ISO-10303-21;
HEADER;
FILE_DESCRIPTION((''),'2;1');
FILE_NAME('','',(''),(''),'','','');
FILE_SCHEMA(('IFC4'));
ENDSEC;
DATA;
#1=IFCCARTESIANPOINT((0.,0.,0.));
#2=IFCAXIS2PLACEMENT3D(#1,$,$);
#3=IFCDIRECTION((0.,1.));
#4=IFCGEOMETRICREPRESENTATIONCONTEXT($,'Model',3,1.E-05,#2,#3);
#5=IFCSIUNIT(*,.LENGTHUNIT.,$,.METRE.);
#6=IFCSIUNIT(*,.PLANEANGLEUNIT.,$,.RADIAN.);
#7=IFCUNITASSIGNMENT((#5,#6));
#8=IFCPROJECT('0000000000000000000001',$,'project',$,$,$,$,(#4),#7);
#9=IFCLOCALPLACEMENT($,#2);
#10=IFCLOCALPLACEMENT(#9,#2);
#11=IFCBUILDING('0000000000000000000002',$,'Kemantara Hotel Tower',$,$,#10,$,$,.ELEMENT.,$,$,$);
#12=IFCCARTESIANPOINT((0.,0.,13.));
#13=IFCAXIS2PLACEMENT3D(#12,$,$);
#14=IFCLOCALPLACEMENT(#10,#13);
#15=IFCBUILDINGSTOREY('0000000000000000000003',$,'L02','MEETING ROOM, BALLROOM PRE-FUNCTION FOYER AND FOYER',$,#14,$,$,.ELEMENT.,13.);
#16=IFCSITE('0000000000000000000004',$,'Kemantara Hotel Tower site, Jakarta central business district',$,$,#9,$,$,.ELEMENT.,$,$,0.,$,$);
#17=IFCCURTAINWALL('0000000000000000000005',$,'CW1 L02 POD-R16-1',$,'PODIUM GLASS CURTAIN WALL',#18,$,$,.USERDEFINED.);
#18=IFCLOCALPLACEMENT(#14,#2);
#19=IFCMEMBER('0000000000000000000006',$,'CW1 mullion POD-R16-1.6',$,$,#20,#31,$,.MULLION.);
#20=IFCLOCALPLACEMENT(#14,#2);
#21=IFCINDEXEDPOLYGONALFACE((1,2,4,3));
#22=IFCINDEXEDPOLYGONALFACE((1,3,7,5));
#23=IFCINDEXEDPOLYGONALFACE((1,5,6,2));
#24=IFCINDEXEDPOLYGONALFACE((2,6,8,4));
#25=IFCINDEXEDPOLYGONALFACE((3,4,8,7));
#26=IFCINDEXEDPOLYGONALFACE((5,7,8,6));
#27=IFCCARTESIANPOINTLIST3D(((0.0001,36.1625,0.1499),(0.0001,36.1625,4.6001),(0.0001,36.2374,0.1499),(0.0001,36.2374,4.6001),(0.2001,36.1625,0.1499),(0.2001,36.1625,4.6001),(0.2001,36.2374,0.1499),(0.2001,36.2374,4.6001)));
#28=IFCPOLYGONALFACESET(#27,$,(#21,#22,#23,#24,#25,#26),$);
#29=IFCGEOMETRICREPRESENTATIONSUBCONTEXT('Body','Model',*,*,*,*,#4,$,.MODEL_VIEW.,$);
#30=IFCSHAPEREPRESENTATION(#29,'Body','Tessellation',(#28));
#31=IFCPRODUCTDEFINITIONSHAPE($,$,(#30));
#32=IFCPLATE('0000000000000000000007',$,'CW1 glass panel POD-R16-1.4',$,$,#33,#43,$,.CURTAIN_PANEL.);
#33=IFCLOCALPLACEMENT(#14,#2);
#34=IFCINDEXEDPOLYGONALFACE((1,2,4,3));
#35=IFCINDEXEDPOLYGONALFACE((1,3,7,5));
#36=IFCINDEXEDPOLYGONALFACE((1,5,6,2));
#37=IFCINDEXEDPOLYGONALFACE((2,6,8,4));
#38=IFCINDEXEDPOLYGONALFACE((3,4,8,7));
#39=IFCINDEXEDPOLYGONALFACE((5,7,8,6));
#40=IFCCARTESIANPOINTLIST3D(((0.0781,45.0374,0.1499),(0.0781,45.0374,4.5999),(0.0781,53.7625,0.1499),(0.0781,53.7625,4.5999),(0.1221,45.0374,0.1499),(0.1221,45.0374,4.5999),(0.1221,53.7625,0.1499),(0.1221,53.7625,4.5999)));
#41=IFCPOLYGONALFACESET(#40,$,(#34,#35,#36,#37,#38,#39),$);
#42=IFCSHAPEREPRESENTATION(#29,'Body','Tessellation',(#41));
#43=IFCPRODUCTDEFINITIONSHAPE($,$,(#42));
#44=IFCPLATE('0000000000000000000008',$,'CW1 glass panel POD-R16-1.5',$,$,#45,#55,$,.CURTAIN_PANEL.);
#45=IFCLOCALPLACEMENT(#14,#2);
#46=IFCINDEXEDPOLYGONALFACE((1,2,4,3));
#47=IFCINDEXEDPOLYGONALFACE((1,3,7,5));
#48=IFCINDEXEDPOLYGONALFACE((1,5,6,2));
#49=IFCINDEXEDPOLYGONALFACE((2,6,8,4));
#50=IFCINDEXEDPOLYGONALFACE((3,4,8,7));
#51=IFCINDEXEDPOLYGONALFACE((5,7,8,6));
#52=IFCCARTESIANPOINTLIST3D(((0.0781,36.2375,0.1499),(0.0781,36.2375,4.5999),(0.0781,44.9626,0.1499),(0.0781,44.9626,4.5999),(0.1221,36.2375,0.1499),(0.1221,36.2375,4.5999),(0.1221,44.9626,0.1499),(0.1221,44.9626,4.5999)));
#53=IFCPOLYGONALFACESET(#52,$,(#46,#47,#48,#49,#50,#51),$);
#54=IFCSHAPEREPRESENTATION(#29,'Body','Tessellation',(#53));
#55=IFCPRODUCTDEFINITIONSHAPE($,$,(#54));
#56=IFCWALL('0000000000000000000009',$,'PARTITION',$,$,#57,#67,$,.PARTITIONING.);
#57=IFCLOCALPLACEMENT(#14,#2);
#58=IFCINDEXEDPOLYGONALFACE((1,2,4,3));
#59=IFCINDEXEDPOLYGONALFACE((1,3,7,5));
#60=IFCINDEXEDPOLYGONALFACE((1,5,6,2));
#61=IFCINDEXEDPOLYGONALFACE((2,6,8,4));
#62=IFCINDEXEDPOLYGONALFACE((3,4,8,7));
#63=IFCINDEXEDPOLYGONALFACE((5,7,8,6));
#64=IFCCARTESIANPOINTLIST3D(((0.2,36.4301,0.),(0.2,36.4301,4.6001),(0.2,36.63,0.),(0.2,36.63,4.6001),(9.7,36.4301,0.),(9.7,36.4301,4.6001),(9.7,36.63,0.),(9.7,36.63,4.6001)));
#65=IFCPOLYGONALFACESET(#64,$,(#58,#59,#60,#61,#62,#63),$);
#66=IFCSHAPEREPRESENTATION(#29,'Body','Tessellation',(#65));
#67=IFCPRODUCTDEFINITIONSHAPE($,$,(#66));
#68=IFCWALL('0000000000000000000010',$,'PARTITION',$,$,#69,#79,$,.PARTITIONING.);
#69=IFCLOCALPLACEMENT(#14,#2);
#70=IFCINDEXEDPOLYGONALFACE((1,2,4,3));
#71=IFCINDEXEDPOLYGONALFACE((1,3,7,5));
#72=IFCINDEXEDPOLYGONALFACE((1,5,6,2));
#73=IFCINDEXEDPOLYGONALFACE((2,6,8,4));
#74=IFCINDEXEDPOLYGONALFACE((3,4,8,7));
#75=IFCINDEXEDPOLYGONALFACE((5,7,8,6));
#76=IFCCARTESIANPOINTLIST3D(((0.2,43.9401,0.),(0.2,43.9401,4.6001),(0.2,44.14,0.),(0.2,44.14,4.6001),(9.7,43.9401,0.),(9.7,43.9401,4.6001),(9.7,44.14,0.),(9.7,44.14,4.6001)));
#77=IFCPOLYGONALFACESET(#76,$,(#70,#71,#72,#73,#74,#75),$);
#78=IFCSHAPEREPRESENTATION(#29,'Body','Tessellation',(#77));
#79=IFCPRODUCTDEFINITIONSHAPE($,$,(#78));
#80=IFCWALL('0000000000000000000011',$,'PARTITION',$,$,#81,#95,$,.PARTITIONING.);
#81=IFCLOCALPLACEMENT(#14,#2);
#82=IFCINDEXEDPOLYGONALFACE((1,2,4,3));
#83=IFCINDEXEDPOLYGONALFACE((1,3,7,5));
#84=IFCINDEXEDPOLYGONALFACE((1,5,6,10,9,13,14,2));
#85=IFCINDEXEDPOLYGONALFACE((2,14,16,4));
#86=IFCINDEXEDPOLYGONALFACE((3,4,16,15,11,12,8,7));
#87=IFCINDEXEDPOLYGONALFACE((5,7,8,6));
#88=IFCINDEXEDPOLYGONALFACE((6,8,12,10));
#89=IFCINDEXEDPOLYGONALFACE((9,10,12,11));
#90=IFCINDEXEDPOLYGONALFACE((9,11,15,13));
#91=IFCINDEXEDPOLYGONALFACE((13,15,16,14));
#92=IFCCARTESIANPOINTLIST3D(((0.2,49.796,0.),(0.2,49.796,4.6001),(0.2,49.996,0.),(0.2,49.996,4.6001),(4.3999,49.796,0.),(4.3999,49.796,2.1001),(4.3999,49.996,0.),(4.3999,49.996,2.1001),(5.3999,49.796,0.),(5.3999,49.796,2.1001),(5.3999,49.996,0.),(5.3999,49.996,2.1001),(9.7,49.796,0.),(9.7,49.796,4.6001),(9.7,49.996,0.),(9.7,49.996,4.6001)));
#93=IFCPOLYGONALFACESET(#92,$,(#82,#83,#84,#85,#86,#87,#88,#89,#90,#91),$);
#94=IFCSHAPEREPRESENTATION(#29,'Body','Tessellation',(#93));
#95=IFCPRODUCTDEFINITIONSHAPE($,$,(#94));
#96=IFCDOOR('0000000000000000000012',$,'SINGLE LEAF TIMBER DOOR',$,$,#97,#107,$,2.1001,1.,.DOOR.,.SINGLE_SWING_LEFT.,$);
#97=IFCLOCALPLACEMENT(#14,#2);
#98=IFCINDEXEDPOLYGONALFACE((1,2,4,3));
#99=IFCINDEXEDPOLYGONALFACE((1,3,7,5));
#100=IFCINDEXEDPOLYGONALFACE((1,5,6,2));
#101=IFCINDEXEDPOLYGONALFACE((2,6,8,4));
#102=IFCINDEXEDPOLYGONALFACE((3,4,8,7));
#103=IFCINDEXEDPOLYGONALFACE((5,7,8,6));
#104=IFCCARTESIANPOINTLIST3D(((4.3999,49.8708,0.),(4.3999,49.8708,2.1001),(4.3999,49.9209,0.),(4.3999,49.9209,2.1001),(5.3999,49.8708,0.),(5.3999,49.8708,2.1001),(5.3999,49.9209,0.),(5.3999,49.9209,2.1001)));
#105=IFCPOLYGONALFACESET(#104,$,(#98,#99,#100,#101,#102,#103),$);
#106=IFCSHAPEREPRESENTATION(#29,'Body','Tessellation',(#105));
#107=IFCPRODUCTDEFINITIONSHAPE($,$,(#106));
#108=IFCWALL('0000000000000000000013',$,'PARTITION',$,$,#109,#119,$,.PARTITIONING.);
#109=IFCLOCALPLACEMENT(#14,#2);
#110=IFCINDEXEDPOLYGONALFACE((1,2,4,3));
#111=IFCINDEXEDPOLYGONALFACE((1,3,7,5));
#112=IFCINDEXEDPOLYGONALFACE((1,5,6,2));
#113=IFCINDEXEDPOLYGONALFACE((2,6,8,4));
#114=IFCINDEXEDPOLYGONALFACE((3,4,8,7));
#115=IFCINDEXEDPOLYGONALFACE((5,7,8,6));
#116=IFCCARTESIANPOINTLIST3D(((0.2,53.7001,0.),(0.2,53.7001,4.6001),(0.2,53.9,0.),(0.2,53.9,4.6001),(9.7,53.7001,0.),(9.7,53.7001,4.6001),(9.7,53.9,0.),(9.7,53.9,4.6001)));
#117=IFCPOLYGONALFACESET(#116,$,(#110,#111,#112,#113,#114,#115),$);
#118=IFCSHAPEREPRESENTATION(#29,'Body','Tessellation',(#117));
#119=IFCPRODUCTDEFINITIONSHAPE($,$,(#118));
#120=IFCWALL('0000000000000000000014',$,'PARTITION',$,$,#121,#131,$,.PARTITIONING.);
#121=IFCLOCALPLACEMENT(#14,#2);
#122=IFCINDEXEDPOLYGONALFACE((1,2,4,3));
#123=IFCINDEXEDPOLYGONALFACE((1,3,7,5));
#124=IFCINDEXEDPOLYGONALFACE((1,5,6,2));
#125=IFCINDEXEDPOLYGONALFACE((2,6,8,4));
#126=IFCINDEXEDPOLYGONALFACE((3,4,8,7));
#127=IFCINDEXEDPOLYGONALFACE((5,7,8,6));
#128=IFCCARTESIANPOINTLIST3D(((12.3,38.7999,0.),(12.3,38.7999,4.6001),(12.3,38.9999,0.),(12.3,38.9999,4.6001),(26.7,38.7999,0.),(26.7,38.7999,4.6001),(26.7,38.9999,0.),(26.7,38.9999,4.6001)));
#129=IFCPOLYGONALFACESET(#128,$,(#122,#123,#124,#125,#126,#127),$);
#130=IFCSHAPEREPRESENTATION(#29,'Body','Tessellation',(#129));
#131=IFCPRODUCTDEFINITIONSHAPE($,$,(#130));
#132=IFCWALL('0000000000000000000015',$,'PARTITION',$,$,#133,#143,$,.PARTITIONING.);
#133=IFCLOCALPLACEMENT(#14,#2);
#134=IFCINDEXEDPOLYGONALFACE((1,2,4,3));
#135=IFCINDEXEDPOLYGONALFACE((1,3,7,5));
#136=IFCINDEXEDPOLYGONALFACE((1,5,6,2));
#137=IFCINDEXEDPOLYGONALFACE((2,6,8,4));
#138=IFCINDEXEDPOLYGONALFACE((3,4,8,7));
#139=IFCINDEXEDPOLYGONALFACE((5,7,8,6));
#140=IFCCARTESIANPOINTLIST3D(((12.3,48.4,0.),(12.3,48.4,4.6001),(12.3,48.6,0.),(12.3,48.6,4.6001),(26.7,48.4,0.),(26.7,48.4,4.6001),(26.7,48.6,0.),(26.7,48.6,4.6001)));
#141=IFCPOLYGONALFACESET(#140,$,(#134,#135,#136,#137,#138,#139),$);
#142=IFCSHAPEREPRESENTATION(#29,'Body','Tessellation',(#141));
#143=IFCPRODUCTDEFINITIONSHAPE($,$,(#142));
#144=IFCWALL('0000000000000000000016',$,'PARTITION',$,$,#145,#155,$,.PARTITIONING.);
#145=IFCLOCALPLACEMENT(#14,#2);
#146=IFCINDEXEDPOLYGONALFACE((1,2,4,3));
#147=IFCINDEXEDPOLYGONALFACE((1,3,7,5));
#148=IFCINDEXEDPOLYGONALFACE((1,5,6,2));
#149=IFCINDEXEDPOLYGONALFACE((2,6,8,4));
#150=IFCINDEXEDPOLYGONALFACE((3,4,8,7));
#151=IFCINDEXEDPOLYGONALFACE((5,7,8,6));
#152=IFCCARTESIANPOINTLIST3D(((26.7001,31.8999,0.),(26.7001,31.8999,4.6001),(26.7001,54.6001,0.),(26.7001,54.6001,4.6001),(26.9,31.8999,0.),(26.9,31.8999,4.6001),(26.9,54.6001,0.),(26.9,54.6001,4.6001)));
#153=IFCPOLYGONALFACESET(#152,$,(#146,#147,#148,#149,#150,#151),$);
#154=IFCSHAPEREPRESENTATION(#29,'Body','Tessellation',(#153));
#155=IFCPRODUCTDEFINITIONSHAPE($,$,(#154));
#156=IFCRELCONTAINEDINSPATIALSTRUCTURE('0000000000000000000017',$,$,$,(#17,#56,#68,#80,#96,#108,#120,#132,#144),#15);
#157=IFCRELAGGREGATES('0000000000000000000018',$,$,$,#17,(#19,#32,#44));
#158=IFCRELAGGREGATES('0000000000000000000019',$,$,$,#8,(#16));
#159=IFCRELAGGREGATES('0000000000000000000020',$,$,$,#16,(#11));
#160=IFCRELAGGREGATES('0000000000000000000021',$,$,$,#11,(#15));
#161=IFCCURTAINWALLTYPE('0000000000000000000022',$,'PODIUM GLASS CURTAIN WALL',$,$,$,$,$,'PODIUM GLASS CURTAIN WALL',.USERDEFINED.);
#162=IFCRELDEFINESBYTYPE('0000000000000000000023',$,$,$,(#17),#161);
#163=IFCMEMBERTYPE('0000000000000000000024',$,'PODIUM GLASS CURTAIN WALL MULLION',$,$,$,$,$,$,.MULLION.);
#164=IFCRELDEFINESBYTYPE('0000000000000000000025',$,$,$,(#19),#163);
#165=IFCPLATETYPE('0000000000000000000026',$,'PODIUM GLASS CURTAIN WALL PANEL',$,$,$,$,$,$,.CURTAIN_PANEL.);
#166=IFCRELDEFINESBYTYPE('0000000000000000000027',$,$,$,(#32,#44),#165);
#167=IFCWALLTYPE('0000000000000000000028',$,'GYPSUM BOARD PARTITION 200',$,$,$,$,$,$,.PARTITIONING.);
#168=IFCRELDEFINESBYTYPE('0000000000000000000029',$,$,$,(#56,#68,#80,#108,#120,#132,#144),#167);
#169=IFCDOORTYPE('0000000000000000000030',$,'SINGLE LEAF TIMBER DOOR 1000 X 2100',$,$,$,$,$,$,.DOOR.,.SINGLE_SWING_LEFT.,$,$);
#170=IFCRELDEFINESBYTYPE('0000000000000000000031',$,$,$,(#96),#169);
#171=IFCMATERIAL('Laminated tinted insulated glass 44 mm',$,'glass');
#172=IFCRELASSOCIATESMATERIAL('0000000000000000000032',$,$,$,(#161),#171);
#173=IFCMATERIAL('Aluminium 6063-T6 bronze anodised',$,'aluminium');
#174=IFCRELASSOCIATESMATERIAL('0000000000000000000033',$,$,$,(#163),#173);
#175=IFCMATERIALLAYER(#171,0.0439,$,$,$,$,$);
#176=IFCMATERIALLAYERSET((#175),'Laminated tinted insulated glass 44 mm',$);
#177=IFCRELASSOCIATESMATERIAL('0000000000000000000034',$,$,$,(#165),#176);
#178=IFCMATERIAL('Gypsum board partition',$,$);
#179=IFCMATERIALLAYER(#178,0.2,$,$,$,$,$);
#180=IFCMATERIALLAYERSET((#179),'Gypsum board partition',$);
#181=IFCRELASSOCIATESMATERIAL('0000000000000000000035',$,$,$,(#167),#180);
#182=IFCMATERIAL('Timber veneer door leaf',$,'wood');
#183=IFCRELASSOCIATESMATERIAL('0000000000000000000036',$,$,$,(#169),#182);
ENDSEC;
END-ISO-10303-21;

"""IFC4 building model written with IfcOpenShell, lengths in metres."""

from ifc_helpers import new_model, si_unit, direction, frame, frame_2d, origin, origin_2d, place, context, subcontext, project, spatial, rectangle, extrude, source, transform, mapped, material, layer, layer_set, material_profile, profile_set, type_object, element, fill, aggregate, save


model = new_model("IFC4")

# Units and contexts
model_context = context("Model", 3, precision=1e-05, world=origin(), true_north=direction((0.0, 1.0)))
body_context = subcontext(model_context, "Body", "Model", "MODEL_VIEW")
ifc_project = project(units=[si_unit("LENGTHUNIT", "METRE"), si_unit("PLANEANGLEUNIT", "RADIAN")], contexts=[model_context])

# Site, building, storey
site_placement = place(None, origin())
site = spatial("IfcSite", under=ifc_project, at=site_placement, Name="Kemantara Hotel Tower site, Jakarta central business district", CompositionType="ELEMENT", RefElevation=0.0)
building_placement = place(site_placement, origin())
building = spatial("IfcBuilding", under=site, at=building_placement, Name="Kemantara Hotel Tower", CompositionType="ELEMENT")
storey_placement = place(building_placement, frame((0.0, 0.0, 13.0)))
storey = spatial("IfcBuildingStorey", under=building, at=storey_placement, Name="L02", Description="MEETING ROOM, BALLROOM PRE-FUNCTION FOYER AND FOYER", CompositionType="ELEMENT", Elevation=13.0)

# Curtain wall, member, plates
ifc_material_1 = material(Name="Laminated tinted insulated glass 44 mm", Category="glass")
curtain_wall_type = type_object("IfcCurtainWallType", Name="PODIUM GLASS CURTAIN WALL", ElementType="PODIUM GLASS CURTAIN WALL", PredefinedType="USERDEFINED", material=ifc_material_1)
curtain_wall_placement = place(storey_placement, origin())
curtain_wall = element("IfcCurtainWall", 1, at=curtain_wall_placement, inside=storey, type_object=curtain_wall_type, Name="CW1 L02 POD-R16-1", ObjectType="PODIUM GLASS CURTAIN WALL", PredefinedType="USERDEFINED")
ifc_material_2 = material(Name="Aluminium 6063-T6 bronze anodised", Category="aluminium")
ifc_material_profile_1 = material_profile(ifc_material_2, rectangle(XDim=0.2, YDim=0.075, at=origin_2d()), Name="PODIUM GLASS CURTAIN WALL MULLION")
ifc_profile_set_1 = profile_set([ifc_material_profile_1], Name="Aluminium 6063-T6 bronze anodised")
member_type = type_object("IfcMemberType", Name="PODIUM GLASS CURTAIN WALL MULLION", PredefinedType="MULLION", material=ifc_profile_set_1)
shared_shape_1 = source(origin(), body_context, "Body", "SweptSolid", [
    extrude(rectangle(XDim=0.2, YDim=0.075, at=origin_2d()), origin(), (0.0, 0.0, 1.0), 4.4502),
])
member_1_placement = place(storey_placement, frame((0.1001, 36.2, 0.1499), z_axis=(0.0, 0.0, 1.0), x_axis=(1.0, 0.0, 0.0)))
member_1 = element("IfcMember", 2, at=member_1_placement, type_object=member_type, Name="CW1 mullion POD-R16-1.6", PredefinedType="MULLION", context=body_context, shape_type="MappedRepresentation", body=[
    mapped(shared_shape_1, transform((0.0, 0.0, 0.0))),
])
ifc_layer_1 = layer(ifc_material_1, 0.0439)
ifc_layer_set_1 = layer_set([ifc_layer_1], Name="Laminated tinted insulated glass 44 mm")
plate_type = type_object("IfcPlateType", Name="PODIUM GLASS CURTAIN WALL PANEL", PredefinedType="CURTAIN_PANEL", material=ifc_layer_set_1)
shared_shape_2 = source(origin(), body_context, "Body", "SweptSolid", [
    extrude(rectangle(XDim=8.7251, YDim=0.0439, at=origin_2d()), origin(), (0.0, 0.0, 1.0), 4.45),
])
plate_1_placement = place(storey_placement, frame((0.1001, 49.3999, 0.1499), z_axis=(0.0, 0.0, 1.0), x_axis=(0.0, -1.0, 0.0)))
plate_1 = element("IfcPlate", 3, at=plate_1_placement, type_object=plate_type, Name="CW1 glass panel POD-R16-1.4", PredefinedType="CURTAIN_PANEL", context=body_context, shape_type="MappedRepresentation", body=[
    mapped(shared_shape_2, transform((0.0, 0.0, 0.0))),
])
plate_2_placement = place(storey_placement, frame((0.1001, 40.6001, 0.1499), z_axis=(0.0, 0.0, 1.0), x_axis=(0.0, -1.0, 0.0)))
plate_2 = element("IfcPlate", 4, at=plate_2_placement, type_object=plate_type, Name="CW1 glass panel POD-R16-1.5", PredefinedType="CURTAIN_PANEL", context=body_context, shape_type="MappedRepresentation", body=[
    mapped(shared_shape_2, transform((0.0, 0.0, 0.0))),
])
aggregate(curtain_wall, [member_1, plate_1, plate_2])

# Walls
ifc_material_3 = material(Name="Gypsum board partition")
ifc_layer_2 = layer(ifc_material_3, 0.2)
ifc_layer_set_2 = layer_set([ifc_layer_2], Name="Gypsum board partition")
wall_type = type_object("IfcWallType", Name="GYPSUM BOARD PARTITION 200", PredefinedType="PARTITIONING", material=ifc_layer_set_2)
for number, where, z_axis, x_axis, name in (
    (5, (0.2, 36.53, 0.0), (0.0, 0.0, 1.0), (1.0, 0.0, 0.0), "PARTITION"),
    (6, (0.2, 44.04, 0.0), (0.0, 0.0, 1.0), (1.0, 0.0, 0.0), "PARTITION"),
):
    element("IfcWall", number, at=place(storey_placement, frame(where, z_axis=z_axis, x_axis=x_axis)), inside=storey, type_object=wall_type, Name=name, PredefinedType="PARTITIONING", context=body_context, shape_type="SweptSolid", body=[
        extrude(rectangle(XDim=9.5, YDim=0.2, at=frame_2d((4.75, 0.0))), origin(), (0.0, 0.0, 1.0), 4.6001),
    ])

# Wall, opening, door
wall_1_placement = place(storey_placement, frame((0.2, 49.896, 0.0), z_axis=(0.0, 0.0, 1.0), x_axis=(1.0, 0.0, 0.0)))
wall_1 = element("IfcWall", 7, at=wall_1_placement, inside=storey, type_object=wall_type, Name="PARTITION", PredefinedType="PARTITIONING", context=body_context, shape_type="SweptSolid", body=[
    extrude(rectangle(XDim=9.5, YDim=0.2, at=frame_2d((4.75, 0.0))), origin(), (0.0, 0.0, 1.0), 4.6001),
])
opening_placement = place(wall_1_placement, frame((4.2, 0.0, 0.0)))
opening = element("IfcOpeningElement", 8, at=opening_placement, cuts=wall_1, PredefinedType="OPENING", context=body_context, shape_type="SweptSolid", body=[
    extrude(rectangle(XDim=1.0, YDim=2.1001, at=frame_2d((0.5, 1.05))), frame((0.0, 0.1099, 0.0), z_axis=(0.0, -1.0, 0.0), x_axis=(1.0, 0.0, 0.0)), (0.0, 0.0, 1.0), 0.22),
])
ifc_material_4 = material(Name="Timber veneer door leaf", Category="wood")
door_type = type_object("IfcDoorType", Name="SINGLE LEAF TIMBER DOOR 1000 X 2100", OperationType="SINGLE_SWING_LEFT", PredefinedType="DOOR", material=ifc_material_4)
door_placement = place(opening_placement, origin())
door = element("IfcDoor", 9, at=door_placement, inside=storey, type_object=door_type, Name="SINGLE LEAF TIMBER DOOR", OperationType="SINGLE_SWING_LEFT", OverallHeight=2.1001, OverallWidth=1.0, PredefinedType="DOOR", context=body_context, shape_type="SweptSolid", body=[
    extrude(rectangle(XDim=1.0, YDim=2.1001, at=frame_2d((0.5, 1.05))), frame((0.0, 0.0249, 0.0), z_axis=(0.0, -1.0, 0.0), x_axis=(1.0, 0.0, 0.0)), (0.0, 0.0, 1.0), 0.05),
])
fill(opening, door)

# Walls
wall_2_placement = place(storey_placement, frame((0.2, 53.8, 0.0), z_axis=(0.0, 0.0, 1.0), x_axis=(1.0, 0.0, 0.0)))
element("IfcWall", 10, at=wall_2_placement, inside=storey, type_object=wall_type, Name="PARTITION", PredefinedType="PARTITIONING", context=body_context, shape_type="SweptSolid", body=[
    extrude(rectangle(XDim=9.5, YDim=0.2, at=frame_2d((4.75, 0.0))), origin(), (0.0, 0.0, 1.0), 4.6001),
])
for number, where, z_axis, x_axis, name in (
    (11, (12.3, 38.8999, 0.0), (0.0, 0.0, 1.0), (1.0, 0.0, 0.0), "PARTITION"),
    (12, (12.3, 48.5, 0.0), (0.0, 0.0, 1.0), (1.0, 0.0, 0.0), "PARTITION"),
):
    element("IfcWall", number, at=place(storey_placement, frame(where, z_axis=z_axis, x_axis=x_axis)), inside=storey, type_object=wall_type, Name=name, PredefinedType="PARTITIONING", context=body_context, shape_type="SweptSolid", body=[
        extrude(rectangle(XDim=14.3999, YDim=0.2, at=frame_2d((7.2, 0.0))), origin(), (0.0, 0.0, 1.0), 4.6001),
    ])
wall_3_placement = place(storey_placement, frame((26.8, 31.8999, 0.0), z_axis=(0.0, 0.0, 1.0), x_axis=(0.0, 1.0, 0.0)))
element("IfcWall", 13, at=wall_3_placement, inside=storey, type_object=wall_type, Name="PARTITION", PredefinedType="PARTITIONING", context=body_context, shape_type="SweptSolid", body=[
    extrude(rectangle(XDim=22.7002, YDim=0.2, at=frame_2d((11.3501, 0.0))), origin(), (0.0, 0.0, 1.0), 4.6001),
])

save(model, "model.ifc")
